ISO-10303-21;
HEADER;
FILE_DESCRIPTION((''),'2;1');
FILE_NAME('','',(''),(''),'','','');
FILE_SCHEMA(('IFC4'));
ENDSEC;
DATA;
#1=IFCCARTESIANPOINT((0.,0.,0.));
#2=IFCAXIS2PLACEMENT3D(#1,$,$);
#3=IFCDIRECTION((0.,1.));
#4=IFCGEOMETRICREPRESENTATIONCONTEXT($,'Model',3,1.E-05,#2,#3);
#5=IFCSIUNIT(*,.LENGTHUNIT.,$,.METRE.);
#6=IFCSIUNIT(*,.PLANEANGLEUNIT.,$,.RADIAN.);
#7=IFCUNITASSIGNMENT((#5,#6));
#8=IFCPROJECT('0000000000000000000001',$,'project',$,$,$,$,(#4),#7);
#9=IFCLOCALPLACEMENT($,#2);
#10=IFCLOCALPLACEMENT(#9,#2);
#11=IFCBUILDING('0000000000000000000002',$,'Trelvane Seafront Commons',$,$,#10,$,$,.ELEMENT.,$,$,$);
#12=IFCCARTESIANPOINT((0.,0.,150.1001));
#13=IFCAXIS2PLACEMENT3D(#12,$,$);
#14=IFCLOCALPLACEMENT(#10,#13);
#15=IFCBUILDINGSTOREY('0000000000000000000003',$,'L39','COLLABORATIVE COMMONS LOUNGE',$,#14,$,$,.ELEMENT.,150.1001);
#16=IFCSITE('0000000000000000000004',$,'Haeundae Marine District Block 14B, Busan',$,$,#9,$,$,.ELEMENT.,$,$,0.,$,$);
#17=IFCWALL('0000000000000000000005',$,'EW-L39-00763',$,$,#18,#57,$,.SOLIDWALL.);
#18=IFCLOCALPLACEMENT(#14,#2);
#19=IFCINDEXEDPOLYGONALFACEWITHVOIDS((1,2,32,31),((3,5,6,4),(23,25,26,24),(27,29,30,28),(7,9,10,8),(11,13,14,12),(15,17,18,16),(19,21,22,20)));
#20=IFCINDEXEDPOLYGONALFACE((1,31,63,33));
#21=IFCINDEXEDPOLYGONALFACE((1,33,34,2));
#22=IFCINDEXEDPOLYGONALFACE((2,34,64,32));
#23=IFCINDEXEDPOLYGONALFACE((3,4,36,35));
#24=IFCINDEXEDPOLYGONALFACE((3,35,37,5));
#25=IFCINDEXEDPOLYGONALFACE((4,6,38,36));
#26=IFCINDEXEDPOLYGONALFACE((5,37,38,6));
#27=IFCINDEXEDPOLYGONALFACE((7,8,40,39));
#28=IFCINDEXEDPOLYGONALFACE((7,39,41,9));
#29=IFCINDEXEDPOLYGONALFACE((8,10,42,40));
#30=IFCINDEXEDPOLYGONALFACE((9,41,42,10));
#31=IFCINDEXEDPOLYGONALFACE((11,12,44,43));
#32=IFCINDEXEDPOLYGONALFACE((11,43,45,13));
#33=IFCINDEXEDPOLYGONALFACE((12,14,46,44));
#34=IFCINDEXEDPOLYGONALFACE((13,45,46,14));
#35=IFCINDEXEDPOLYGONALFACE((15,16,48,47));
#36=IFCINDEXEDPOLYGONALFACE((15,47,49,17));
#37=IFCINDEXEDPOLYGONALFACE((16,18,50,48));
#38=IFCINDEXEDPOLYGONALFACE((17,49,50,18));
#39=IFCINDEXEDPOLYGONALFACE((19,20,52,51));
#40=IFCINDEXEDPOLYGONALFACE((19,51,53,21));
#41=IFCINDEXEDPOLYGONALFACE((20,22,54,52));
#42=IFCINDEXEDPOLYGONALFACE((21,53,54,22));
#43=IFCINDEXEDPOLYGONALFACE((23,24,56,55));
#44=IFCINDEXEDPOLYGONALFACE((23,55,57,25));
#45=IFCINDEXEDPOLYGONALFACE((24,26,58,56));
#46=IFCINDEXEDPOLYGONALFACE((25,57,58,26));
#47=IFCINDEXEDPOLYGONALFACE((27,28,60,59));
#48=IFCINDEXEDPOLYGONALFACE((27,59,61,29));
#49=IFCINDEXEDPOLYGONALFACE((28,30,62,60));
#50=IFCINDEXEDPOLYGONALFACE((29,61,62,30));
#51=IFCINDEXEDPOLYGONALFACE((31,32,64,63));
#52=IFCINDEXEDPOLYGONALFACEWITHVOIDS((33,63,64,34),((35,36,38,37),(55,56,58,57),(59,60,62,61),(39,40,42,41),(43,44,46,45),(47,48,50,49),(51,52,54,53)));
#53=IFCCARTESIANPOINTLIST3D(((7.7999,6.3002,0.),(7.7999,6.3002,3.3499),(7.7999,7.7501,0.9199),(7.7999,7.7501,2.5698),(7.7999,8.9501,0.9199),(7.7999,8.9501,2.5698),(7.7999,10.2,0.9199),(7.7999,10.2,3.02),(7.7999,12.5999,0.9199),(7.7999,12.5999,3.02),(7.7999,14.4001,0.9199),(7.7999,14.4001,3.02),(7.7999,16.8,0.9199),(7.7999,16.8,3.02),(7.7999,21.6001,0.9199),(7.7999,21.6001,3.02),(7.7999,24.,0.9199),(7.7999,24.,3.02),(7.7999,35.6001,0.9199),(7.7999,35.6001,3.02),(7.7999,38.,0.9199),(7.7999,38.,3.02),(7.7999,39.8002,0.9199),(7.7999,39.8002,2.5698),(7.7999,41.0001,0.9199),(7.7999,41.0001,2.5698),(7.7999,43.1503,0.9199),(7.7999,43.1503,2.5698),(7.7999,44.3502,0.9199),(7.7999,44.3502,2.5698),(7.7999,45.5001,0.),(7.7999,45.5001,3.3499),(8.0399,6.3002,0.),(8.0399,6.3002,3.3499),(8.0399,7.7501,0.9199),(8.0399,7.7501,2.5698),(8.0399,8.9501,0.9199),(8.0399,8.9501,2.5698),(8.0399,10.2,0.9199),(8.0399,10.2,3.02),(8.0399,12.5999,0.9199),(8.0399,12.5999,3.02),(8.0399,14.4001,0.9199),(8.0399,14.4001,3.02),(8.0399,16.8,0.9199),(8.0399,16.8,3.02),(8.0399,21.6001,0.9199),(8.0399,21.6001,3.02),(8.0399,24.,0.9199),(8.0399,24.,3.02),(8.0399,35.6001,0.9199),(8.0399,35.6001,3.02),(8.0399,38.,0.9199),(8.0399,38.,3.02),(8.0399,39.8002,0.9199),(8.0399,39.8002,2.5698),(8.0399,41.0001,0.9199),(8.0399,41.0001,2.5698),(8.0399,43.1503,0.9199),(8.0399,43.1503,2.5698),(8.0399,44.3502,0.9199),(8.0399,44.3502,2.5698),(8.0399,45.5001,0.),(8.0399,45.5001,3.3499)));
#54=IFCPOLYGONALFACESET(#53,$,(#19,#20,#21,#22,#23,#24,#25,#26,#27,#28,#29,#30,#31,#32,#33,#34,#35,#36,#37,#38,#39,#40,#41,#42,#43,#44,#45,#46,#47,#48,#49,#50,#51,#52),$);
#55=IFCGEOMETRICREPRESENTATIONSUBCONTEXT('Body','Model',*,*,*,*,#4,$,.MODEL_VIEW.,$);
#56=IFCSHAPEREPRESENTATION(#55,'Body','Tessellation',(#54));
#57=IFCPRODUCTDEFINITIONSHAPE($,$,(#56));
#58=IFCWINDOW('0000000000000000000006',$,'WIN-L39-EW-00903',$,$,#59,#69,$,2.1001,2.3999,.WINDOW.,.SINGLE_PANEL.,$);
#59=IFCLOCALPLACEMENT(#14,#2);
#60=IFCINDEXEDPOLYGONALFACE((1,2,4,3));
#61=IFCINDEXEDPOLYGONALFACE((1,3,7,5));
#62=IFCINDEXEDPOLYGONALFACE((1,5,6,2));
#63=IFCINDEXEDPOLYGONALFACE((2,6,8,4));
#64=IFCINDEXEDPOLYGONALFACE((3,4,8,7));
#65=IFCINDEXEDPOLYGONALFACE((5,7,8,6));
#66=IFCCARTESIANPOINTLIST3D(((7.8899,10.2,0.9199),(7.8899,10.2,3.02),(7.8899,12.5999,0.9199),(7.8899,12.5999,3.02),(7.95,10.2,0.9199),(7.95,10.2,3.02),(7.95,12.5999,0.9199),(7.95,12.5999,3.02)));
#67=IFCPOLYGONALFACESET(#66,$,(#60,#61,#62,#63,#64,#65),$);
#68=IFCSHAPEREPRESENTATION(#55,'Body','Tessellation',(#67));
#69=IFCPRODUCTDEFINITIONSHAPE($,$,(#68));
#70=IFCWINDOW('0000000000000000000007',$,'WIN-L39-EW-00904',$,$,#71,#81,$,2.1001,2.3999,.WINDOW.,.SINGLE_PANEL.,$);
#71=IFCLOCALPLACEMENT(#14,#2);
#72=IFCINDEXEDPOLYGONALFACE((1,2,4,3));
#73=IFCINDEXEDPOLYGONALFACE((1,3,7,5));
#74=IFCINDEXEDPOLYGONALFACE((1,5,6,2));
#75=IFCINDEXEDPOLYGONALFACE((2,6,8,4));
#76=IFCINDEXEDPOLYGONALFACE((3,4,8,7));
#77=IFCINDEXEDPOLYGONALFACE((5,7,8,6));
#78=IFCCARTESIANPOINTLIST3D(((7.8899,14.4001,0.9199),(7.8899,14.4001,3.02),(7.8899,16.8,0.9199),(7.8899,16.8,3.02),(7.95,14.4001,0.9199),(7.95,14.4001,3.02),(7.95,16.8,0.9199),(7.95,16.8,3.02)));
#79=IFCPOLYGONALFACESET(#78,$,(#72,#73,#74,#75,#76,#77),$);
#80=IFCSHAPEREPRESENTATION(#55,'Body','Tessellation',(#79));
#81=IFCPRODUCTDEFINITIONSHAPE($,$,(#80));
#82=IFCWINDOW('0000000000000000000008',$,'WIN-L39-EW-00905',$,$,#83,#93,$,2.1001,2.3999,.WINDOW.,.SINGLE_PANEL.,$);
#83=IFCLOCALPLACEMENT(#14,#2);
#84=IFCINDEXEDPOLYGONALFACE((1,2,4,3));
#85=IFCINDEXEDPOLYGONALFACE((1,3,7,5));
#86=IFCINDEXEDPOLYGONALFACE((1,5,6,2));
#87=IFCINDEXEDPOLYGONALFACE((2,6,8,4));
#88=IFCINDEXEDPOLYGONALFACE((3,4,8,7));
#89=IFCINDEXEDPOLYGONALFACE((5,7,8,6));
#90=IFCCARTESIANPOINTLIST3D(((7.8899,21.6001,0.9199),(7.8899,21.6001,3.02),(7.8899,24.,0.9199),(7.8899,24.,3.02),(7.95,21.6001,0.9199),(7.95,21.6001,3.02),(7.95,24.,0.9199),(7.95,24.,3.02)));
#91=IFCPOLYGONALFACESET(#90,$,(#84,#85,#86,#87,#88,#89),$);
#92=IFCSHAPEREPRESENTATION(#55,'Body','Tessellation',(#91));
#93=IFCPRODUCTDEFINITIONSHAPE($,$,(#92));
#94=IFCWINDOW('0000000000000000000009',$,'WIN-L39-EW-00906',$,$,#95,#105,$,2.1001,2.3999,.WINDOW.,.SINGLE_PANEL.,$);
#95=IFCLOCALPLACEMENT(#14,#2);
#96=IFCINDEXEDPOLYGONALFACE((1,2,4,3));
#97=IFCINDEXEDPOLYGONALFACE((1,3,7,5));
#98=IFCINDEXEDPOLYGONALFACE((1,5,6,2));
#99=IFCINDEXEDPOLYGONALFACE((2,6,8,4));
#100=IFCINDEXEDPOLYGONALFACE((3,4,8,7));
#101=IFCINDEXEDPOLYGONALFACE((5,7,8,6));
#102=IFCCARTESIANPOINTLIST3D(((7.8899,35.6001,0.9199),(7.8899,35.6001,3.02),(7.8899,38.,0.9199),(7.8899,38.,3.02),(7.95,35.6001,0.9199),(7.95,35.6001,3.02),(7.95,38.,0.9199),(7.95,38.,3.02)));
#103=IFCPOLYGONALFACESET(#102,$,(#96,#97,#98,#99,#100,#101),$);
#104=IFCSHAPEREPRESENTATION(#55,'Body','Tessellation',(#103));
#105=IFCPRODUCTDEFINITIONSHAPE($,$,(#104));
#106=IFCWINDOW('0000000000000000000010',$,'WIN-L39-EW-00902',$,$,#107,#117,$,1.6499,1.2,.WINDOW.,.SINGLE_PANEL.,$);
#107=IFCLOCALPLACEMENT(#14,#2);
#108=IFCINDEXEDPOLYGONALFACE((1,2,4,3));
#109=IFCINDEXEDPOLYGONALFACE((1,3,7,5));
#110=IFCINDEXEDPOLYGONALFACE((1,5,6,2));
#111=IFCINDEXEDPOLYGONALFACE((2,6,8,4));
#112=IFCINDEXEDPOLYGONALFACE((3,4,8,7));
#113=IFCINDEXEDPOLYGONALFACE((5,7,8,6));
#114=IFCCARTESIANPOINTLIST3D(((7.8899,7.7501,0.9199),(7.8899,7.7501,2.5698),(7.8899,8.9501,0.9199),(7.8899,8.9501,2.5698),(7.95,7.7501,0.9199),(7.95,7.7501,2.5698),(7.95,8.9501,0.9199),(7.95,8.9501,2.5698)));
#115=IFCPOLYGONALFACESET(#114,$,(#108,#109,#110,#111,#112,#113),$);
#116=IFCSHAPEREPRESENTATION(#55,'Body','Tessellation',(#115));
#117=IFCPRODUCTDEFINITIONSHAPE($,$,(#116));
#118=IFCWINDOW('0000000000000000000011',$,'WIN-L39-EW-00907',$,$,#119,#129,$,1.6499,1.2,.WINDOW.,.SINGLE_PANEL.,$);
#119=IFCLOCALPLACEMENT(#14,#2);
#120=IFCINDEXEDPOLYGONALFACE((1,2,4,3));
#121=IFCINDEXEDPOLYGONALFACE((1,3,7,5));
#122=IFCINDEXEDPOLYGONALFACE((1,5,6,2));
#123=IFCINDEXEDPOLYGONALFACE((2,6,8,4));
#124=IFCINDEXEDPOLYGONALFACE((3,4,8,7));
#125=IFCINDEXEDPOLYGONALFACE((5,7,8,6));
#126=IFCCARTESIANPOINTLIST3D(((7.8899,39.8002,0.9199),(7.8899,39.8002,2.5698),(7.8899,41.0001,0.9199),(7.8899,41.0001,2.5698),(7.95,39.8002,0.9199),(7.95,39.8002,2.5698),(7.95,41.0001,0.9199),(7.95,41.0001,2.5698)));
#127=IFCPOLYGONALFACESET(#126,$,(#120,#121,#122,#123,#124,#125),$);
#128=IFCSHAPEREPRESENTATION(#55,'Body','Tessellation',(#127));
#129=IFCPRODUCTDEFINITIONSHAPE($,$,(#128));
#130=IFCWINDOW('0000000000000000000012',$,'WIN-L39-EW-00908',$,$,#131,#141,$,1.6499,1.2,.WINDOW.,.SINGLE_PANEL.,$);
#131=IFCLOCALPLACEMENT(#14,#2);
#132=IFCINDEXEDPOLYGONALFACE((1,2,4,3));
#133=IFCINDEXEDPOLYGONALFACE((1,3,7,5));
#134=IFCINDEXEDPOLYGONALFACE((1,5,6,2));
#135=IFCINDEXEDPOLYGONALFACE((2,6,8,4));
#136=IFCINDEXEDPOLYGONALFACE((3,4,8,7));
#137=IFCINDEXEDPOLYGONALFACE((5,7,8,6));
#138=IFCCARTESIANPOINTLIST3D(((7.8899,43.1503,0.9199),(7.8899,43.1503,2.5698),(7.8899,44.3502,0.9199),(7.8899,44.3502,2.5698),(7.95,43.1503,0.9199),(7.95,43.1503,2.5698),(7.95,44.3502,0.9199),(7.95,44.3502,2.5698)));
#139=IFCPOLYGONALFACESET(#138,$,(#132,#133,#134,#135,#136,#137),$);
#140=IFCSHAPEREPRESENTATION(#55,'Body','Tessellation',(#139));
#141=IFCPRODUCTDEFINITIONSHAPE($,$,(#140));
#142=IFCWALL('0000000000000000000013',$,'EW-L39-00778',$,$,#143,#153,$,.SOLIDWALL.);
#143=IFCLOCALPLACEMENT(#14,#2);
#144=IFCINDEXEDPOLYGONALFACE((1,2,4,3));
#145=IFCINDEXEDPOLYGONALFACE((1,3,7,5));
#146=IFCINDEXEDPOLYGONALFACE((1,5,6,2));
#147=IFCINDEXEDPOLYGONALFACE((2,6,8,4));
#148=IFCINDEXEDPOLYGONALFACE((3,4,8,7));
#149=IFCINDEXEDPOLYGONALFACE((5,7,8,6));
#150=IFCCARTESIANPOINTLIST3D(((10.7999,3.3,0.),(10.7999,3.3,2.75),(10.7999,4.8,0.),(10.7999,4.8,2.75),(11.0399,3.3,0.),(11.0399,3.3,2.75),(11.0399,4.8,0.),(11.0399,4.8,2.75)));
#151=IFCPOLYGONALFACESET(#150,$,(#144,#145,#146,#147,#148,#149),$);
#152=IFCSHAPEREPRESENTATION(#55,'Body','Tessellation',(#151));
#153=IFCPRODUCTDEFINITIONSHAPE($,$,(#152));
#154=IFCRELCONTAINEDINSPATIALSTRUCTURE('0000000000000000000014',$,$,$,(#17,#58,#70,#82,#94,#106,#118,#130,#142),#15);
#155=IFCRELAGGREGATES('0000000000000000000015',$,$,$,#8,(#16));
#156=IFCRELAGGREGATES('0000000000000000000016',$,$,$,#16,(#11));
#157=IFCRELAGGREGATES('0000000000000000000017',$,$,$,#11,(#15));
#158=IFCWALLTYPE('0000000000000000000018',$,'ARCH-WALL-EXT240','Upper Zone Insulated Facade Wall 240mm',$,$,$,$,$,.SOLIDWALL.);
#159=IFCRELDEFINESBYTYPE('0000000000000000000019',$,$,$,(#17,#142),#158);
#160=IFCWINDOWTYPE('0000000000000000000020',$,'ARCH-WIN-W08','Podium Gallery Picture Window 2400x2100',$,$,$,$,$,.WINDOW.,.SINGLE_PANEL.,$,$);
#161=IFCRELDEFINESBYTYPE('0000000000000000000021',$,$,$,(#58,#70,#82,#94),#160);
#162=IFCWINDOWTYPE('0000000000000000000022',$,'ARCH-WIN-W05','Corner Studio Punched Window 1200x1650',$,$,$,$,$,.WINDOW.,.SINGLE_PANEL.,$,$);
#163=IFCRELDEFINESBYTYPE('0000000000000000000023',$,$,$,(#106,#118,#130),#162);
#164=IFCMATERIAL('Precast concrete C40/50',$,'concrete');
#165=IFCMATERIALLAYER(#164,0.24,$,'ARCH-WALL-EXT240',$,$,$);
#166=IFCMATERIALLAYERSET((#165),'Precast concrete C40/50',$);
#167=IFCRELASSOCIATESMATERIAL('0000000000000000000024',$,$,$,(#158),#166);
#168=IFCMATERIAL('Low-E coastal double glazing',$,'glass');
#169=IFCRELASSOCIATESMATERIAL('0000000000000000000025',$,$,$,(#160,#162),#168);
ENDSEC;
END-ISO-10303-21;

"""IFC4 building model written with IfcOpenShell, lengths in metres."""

from ifc_helpers import new_model, si_unit, direction, frame, frame_2d, origin, place, context, subcontext, project, spatial, rectangle, extrude, source, transform, mapped, material, layer, layer_set, type_object, element, fill, save


model = new_model("IFC4")

# Units and contexts
model_context = context("Model", 3, precision=1e-05, world=origin(), true_north=direction((0.0, 1.0)))
body_context = subcontext(model_context, "Body", "Model", "MODEL_VIEW")
ifc_project = project(units=[si_unit("LENGTHUNIT", "METRE"), si_unit("PLANEANGLEUNIT", "RADIAN")], contexts=[model_context])

# Site, building, storey
site_placement = place(None, origin())
site = spatial("IfcSite", under=ifc_project, at=site_placement, Name="Haeundae Marine District Block 14B, Busan", CompositionType="ELEMENT", RefElevation=0.0)
building_placement = place(site_placement, origin())
building = spatial("IfcBuilding", under=site, at=building_placement, Name="Trelvane Seafront Commons", CompositionType="ELEMENT")
storey_placement = place(building_placement, frame((0.0, 0.0, 150.1001)))
storey = spatial("IfcBuildingStorey", under=building, at=storey_placement, Name="L39", Description="COLLABORATIVE COMMONS LOUNGE", CompositionType="ELEMENT", Elevation=150.1001)

# Shared definitions
ifc_material_1 = material(Name="Precast concrete C40/50", Category="concrete")
ifc_layer_1 = layer(ifc_material_1, 0.24, Name="ARCH-WALL-EXT240")
ifc_layer_set_1 = layer_set([ifc_layer_1], Name="Precast concrete C40/50")
wall_type_1 = type_object("IfcWallType", Name="ARCH-WALL-EXT240", Description="Upper Zone Insulated Facade Wall 240mm", PredefinedType="SOLIDWALL", material=ifc_layer_set_1)

# Wall, openings, windows
wall_1_placement = place(storey_placement, frame((7.9199, 6.3, 0.0), z_axis=(0.0, 0.0, 1.0), x_axis=(0.0, 1.0, 0.0)))
wall_1 = element("IfcWall", 1, at=wall_1_placement, inside=storey, type_object=wall_type_1, Name="EW-L39-00763", PredefinedType="SOLIDWALL", context=body_context, shape_type="SweptSolid", body=[
    extrude(rectangle(XDim=39.2, YDim=0.24, at=frame_2d((19.6001, 0.0))), origin(), (0.0, 0.0, 1.0), 3.3499),
])
opening_1_placement = place(wall_1_placement, frame((1.45, 0.0, 0.9199)))
opening_1 = element("IfcOpeningElement", 2, at=opening_1_placement, cuts=wall_1, PredefinedType="OPENING", context=body_context, shape_type="SweptSolid", body=[
    extrude(rectangle(XDim=1.2, YDim=1.6499, at=frame_2d((0.6001, 0.825))), frame((0.0, 0.1299, 0.0), z_axis=(0.0, -1.0, 0.0), x_axis=(1.0, 0.0, 0.0)), (0.0, 0.0, 1.0), 0.26),
])
opening_2_placement = place(wall_1_placement, frame((3.8999, 0.0, 0.9199)))
opening_2 = element("IfcOpeningElement", 3, at=opening_2_placement, cuts=wall_1, PredefinedType="OPENING", context=body_context, shape_type="SweptSolid", body=[
    extrude(rectangle(XDim=2.3999, YDim=2.1001, at=frame_2d((1.2, 1.05))), frame((0.0, 0.1299, 0.0), z_axis=(0.0, -1.0, 0.0), x_axis=(1.0, 0.0, 0.0)), (0.0, 0.0, 1.0), 0.26),
])
opening_3_placement = place(wall_1_placement, frame((8.1001, 0.0, 0.9199)))
opening_3 = element("IfcOpeningElement", 4, at=opening_3_placement, cuts=wall_1, PredefinedType="OPENING", context=body_context, shape_type="SweptSolid", body=[
    extrude(rectangle(XDim=2.3999, YDim=2.1001, at=frame_2d((1.2, 1.05))), frame((0.0, 0.1299, 0.0), z_axis=(0.0, -1.0, 0.0), x_axis=(1.0, 0.0, 0.0)), (0.0, 0.0, 1.0), 0.26),
])
opening_4_placement = place(wall_1_placement, frame((15.3, 0.0, 0.9199)))
opening_4 = element("IfcOpeningElement", 5, at=opening_4_placement, cuts=wall_1, PredefinedType="OPENING", context=body_context, shape_type="SweptSolid", body=[
    extrude(rectangle(XDim=2.3999, YDim=2.1001, at=frame_2d((1.2, 1.05))), frame((0.0, 0.1299, 0.0), z_axis=(0.0, -1.0, 0.0), x_axis=(1.0, 0.0, 0.0)), (0.0, 0.0, 1.0), 0.26),
])
opening_5_placement = place(wall_1_placement, frame((29.3, 0.0, 0.9199)))
opening_5 = element("IfcOpeningElement", 6, at=opening_5_placement, cuts=wall_1, PredefinedType="OPENING", context=body_context, shape_type="SweptSolid", body=[
    extrude(rectangle(XDim=2.3999, YDim=2.1001, at=frame_2d((1.2, 1.05))), frame((0.0, 0.1299, 0.0), z_axis=(0.0, -1.0, 0.0), x_axis=(1.0, 0.0, 0.0)), (0.0, 0.0, 1.0), 0.26),
])
opening_6_placement = place(wall_1_placement, frame((33.5, 0.0, 0.9199)))
opening_6 = element("IfcOpeningElement", 7, at=opening_6_placement, cuts=wall_1, PredefinedType="OPENING", context=body_context, shape_type="SweptSolid", body=[
    extrude(rectangle(XDim=1.2, YDim=1.6499, at=frame_2d((0.6001, 0.825))), frame((0.0, 0.1299, 0.0), z_axis=(0.0, -1.0, 0.0), x_axis=(1.0, 0.0, 0.0)), (0.0, 0.0, 1.0), 0.26),
])
opening_7_placement = place(wall_1_placement, frame((36.8501, 0.0, 0.9199)))
opening_7 = element("IfcOpeningElement", 8, at=opening_7_placement, cuts=wall_1, PredefinedType="OPENING", context=body_context, shape_type="SweptSolid", body=[
    extrude(rectangle(XDim=1.2, YDim=1.6499, at=frame_2d((0.6001, 0.825))), frame((0.0, 0.1299, 0.0), z_axis=(0.0, -1.0, 0.0), x_axis=(1.0, 0.0, 0.0)), (0.0, 0.0, 1.0), 0.26),
])
ifc_material_2 = material(Name="Low-E coastal double glazing", Category="glass")
window_type_1 = type_object("IfcWindowType", Name="ARCH-WIN-W08", Description="Podium Gallery Picture Window 2400x2100", PartitioningType="SINGLE_PANEL", PredefinedType="WINDOW", material=ifc_material_2)
shared_shape_1 = source(origin(), body_context, "Body", "SweptSolid", [
    extrude(rectangle(XDim=2.3999, YDim=2.1001, at=frame_2d((1.2, 1.05))), frame((0.0, 0.03, 0.0), z_axis=(0.0, -1.0, 0.0), x_axis=(1.0, 0.0, 0.0)), (0.0, 0.0, 1.0), 0.0601),
])
window_1_placement = place(opening_2_placement, origin())
window_1 = element("IfcWindow", 9, at=window_1_placement, inside=storey, type_object=window_type_1, Name="WIN-L39-EW-00903", OverallHeight=2.1001, OverallWidth=2.3999, PartitioningType="SINGLE_PANEL", PredefinedType="WINDOW", context=body_context, shape_type="MappedRepresentation", body=[
    mapped(shared_shape_1, transform((0.0, 0.0, 0.0), x_axis=(1.0, 0.0, 0.0), y_axis=(0.0, 1.0, 0.0), z_axis=(0.0, 0.0, 1.0), scale=1.0)),
])
fill(opening_2, window_1)
window_2_placement = place(opening_3_placement, origin())
window_2 = element("IfcWindow", 10, at=window_2_placement, inside=storey, type_object=window_type_1, Name="WIN-L39-EW-00904", OverallHeight=2.1001, OverallWidth=2.3999, PartitioningType="SINGLE_PANEL", PredefinedType="WINDOW", context=body_context, shape_type="MappedRepresentation", body=[
    mapped(shared_shape_1, transform((0.0, 0.0, 0.0), x_axis=(1.0, 0.0, 0.0), y_axis=(0.0, 1.0, 0.0), z_axis=(0.0, 0.0, 1.0), scale=1.0)),
])
fill(opening_3, window_2)
window_3_placement = place(opening_4_placement, origin())
window_3 = element("IfcWindow", 11, at=window_3_placement, inside=storey, type_object=window_type_1, Name="WIN-L39-EW-00905", OverallHeight=2.1001, OverallWidth=2.3999, PartitioningType="SINGLE_PANEL", PredefinedType="WINDOW", context=body_context, shape_type="MappedRepresentation", body=[
    mapped(shared_shape_1, transform((0.0, 0.0, 0.0), x_axis=(1.0, 0.0, 0.0), y_axis=(0.0, 1.0, 0.0), z_axis=(0.0, 0.0, 1.0), scale=1.0)),
])
fill(opening_4, window_3)
window_4_placement = place(opening_5_placement, origin())
window_4 = element("IfcWindow", 12, at=window_4_placement, inside=storey, type_object=window_type_1, Name="WIN-L39-EW-00906", OverallHeight=2.1001, OverallWidth=2.3999, PartitioningType="SINGLE_PANEL", PredefinedType="WINDOW", context=body_context, shape_type="MappedRepresentation", body=[
    mapped(shared_shape_1, transform((0.0, 0.0, 0.0), x_axis=(1.0, 0.0, 0.0), y_axis=(0.0, 1.0, 0.0), z_axis=(0.0, 0.0, 1.0), scale=1.0)),
])
fill(opening_5, window_4)
window_type_2 = type_object("IfcWindowType", Name="ARCH-WIN-W05", Description="Corner Studio Punched Window 1200x1650", PartitioningType="SINGLE_PANEL", PredefinedType="WINDOW", material=ifc_material_2)
shared_shape_2 = source(origin(), body_context, "Body", "SweptSolid", [
    extrude(rectangle(XDim=1.2, YDim=1.6499, at=frame_2d((0.6001, 0.825))), frame((0.0, 0.03, 0.0), z_axis=(0.0, -1.0, 0.0), x_axis=(1.0, 0.0, 0.0)), (0.0, 0.0, 1.0), 0.0601),
])
window_5_placement = place(opening_1_placement, origin())
window_5 = element("IfcWindow", 13, at=window_5_placement, inside=storey, type_object=window_type_2, Name="WIN-L39-EW-00902", OverallHeight=1.6499, OverallWidth=1.2, PartitioningType="SINGLE_PANEL", PredefinedType="WINDOW", context=body_context, shape_type="MappedRepresentation", body=[
    mapped(shared_shape_2, transform((0.0, 0.0, 0.0), x_axis=(1.0, 0.0, 0.0), y_axis=(0.0, 1.0, 0.0), z_axis=(0.0, 0.0, 1.0), scale=1.0)),
])
fill(opening_1, window_5)
window_6_placement = place(opening_6_placement, origin())
window_6 = element("IfcWindow", 14, at=window_6_placement, inside=storey, type_object=window_type_2, Name="WIN-L39-EW-00907", OverallHeight=1.6499, OverallWidth=1.2, PartitioningType="SINGLE_PANEL", PredefinedType="WINDOW", context=body_context, shape_type="MappedRepresentation", body=[
    mapped(shared_shape_2, transform((0.0, 0.0, 0.0), x_axis=(1.0, 0.0, 0.0), y_axis=(0.0, 1.0, 0.0), z_axis=(0.0, 0.0, 1.0), scale=1.0)),
])
fill(opening_6, window_6)
window_7_placement = place(opening_7_placement, origin())
window_7 = element("IfcWindow", 15, at=window_7_placement, inside=storey, type_object=window_type_2, Name="WIN-L39-EW-00908", OverallHeight=1.6499, OverallWidth=1.2, PartitioningType="SINGLE_PANEL", PredefinedType="WINDOW", context=body_context, shape_type="MappedRepresentation", body=[
    mapped(shared_shape_2, transform((0.0, 0.0, 0.0), x_axis=(1.0, 0.0, 0.0), y_axis=(0.0, 1.0, 0.0), z_axis=(0.0, 0.0, 1.0), scale=1.0)),
])
fill(opening_7, window_7)

# Wall
wall_2_placement = place(storey_placement, frame((10.9199, 3.3, 0.0), z_axis=(0.0, 0.0, 1.0), x_axis=(0.0, 1.0, 0.0)))
element("IfcWall", 16, at=wall_2_placement, inside=storey, type_object=wall_type_1, Name="EW-L39-00778", PredefinedType="SOLIDWALL", context=body_context, shape_type="SweptSolid", body=[
    extrude(rectangle(XDim=1.5, YDim=0.24, at=frame_2d((0.75, 0.0))), origin(), (0.0, 0.0, 1.0), 2.75),
])

save(model, "model.ifc")
